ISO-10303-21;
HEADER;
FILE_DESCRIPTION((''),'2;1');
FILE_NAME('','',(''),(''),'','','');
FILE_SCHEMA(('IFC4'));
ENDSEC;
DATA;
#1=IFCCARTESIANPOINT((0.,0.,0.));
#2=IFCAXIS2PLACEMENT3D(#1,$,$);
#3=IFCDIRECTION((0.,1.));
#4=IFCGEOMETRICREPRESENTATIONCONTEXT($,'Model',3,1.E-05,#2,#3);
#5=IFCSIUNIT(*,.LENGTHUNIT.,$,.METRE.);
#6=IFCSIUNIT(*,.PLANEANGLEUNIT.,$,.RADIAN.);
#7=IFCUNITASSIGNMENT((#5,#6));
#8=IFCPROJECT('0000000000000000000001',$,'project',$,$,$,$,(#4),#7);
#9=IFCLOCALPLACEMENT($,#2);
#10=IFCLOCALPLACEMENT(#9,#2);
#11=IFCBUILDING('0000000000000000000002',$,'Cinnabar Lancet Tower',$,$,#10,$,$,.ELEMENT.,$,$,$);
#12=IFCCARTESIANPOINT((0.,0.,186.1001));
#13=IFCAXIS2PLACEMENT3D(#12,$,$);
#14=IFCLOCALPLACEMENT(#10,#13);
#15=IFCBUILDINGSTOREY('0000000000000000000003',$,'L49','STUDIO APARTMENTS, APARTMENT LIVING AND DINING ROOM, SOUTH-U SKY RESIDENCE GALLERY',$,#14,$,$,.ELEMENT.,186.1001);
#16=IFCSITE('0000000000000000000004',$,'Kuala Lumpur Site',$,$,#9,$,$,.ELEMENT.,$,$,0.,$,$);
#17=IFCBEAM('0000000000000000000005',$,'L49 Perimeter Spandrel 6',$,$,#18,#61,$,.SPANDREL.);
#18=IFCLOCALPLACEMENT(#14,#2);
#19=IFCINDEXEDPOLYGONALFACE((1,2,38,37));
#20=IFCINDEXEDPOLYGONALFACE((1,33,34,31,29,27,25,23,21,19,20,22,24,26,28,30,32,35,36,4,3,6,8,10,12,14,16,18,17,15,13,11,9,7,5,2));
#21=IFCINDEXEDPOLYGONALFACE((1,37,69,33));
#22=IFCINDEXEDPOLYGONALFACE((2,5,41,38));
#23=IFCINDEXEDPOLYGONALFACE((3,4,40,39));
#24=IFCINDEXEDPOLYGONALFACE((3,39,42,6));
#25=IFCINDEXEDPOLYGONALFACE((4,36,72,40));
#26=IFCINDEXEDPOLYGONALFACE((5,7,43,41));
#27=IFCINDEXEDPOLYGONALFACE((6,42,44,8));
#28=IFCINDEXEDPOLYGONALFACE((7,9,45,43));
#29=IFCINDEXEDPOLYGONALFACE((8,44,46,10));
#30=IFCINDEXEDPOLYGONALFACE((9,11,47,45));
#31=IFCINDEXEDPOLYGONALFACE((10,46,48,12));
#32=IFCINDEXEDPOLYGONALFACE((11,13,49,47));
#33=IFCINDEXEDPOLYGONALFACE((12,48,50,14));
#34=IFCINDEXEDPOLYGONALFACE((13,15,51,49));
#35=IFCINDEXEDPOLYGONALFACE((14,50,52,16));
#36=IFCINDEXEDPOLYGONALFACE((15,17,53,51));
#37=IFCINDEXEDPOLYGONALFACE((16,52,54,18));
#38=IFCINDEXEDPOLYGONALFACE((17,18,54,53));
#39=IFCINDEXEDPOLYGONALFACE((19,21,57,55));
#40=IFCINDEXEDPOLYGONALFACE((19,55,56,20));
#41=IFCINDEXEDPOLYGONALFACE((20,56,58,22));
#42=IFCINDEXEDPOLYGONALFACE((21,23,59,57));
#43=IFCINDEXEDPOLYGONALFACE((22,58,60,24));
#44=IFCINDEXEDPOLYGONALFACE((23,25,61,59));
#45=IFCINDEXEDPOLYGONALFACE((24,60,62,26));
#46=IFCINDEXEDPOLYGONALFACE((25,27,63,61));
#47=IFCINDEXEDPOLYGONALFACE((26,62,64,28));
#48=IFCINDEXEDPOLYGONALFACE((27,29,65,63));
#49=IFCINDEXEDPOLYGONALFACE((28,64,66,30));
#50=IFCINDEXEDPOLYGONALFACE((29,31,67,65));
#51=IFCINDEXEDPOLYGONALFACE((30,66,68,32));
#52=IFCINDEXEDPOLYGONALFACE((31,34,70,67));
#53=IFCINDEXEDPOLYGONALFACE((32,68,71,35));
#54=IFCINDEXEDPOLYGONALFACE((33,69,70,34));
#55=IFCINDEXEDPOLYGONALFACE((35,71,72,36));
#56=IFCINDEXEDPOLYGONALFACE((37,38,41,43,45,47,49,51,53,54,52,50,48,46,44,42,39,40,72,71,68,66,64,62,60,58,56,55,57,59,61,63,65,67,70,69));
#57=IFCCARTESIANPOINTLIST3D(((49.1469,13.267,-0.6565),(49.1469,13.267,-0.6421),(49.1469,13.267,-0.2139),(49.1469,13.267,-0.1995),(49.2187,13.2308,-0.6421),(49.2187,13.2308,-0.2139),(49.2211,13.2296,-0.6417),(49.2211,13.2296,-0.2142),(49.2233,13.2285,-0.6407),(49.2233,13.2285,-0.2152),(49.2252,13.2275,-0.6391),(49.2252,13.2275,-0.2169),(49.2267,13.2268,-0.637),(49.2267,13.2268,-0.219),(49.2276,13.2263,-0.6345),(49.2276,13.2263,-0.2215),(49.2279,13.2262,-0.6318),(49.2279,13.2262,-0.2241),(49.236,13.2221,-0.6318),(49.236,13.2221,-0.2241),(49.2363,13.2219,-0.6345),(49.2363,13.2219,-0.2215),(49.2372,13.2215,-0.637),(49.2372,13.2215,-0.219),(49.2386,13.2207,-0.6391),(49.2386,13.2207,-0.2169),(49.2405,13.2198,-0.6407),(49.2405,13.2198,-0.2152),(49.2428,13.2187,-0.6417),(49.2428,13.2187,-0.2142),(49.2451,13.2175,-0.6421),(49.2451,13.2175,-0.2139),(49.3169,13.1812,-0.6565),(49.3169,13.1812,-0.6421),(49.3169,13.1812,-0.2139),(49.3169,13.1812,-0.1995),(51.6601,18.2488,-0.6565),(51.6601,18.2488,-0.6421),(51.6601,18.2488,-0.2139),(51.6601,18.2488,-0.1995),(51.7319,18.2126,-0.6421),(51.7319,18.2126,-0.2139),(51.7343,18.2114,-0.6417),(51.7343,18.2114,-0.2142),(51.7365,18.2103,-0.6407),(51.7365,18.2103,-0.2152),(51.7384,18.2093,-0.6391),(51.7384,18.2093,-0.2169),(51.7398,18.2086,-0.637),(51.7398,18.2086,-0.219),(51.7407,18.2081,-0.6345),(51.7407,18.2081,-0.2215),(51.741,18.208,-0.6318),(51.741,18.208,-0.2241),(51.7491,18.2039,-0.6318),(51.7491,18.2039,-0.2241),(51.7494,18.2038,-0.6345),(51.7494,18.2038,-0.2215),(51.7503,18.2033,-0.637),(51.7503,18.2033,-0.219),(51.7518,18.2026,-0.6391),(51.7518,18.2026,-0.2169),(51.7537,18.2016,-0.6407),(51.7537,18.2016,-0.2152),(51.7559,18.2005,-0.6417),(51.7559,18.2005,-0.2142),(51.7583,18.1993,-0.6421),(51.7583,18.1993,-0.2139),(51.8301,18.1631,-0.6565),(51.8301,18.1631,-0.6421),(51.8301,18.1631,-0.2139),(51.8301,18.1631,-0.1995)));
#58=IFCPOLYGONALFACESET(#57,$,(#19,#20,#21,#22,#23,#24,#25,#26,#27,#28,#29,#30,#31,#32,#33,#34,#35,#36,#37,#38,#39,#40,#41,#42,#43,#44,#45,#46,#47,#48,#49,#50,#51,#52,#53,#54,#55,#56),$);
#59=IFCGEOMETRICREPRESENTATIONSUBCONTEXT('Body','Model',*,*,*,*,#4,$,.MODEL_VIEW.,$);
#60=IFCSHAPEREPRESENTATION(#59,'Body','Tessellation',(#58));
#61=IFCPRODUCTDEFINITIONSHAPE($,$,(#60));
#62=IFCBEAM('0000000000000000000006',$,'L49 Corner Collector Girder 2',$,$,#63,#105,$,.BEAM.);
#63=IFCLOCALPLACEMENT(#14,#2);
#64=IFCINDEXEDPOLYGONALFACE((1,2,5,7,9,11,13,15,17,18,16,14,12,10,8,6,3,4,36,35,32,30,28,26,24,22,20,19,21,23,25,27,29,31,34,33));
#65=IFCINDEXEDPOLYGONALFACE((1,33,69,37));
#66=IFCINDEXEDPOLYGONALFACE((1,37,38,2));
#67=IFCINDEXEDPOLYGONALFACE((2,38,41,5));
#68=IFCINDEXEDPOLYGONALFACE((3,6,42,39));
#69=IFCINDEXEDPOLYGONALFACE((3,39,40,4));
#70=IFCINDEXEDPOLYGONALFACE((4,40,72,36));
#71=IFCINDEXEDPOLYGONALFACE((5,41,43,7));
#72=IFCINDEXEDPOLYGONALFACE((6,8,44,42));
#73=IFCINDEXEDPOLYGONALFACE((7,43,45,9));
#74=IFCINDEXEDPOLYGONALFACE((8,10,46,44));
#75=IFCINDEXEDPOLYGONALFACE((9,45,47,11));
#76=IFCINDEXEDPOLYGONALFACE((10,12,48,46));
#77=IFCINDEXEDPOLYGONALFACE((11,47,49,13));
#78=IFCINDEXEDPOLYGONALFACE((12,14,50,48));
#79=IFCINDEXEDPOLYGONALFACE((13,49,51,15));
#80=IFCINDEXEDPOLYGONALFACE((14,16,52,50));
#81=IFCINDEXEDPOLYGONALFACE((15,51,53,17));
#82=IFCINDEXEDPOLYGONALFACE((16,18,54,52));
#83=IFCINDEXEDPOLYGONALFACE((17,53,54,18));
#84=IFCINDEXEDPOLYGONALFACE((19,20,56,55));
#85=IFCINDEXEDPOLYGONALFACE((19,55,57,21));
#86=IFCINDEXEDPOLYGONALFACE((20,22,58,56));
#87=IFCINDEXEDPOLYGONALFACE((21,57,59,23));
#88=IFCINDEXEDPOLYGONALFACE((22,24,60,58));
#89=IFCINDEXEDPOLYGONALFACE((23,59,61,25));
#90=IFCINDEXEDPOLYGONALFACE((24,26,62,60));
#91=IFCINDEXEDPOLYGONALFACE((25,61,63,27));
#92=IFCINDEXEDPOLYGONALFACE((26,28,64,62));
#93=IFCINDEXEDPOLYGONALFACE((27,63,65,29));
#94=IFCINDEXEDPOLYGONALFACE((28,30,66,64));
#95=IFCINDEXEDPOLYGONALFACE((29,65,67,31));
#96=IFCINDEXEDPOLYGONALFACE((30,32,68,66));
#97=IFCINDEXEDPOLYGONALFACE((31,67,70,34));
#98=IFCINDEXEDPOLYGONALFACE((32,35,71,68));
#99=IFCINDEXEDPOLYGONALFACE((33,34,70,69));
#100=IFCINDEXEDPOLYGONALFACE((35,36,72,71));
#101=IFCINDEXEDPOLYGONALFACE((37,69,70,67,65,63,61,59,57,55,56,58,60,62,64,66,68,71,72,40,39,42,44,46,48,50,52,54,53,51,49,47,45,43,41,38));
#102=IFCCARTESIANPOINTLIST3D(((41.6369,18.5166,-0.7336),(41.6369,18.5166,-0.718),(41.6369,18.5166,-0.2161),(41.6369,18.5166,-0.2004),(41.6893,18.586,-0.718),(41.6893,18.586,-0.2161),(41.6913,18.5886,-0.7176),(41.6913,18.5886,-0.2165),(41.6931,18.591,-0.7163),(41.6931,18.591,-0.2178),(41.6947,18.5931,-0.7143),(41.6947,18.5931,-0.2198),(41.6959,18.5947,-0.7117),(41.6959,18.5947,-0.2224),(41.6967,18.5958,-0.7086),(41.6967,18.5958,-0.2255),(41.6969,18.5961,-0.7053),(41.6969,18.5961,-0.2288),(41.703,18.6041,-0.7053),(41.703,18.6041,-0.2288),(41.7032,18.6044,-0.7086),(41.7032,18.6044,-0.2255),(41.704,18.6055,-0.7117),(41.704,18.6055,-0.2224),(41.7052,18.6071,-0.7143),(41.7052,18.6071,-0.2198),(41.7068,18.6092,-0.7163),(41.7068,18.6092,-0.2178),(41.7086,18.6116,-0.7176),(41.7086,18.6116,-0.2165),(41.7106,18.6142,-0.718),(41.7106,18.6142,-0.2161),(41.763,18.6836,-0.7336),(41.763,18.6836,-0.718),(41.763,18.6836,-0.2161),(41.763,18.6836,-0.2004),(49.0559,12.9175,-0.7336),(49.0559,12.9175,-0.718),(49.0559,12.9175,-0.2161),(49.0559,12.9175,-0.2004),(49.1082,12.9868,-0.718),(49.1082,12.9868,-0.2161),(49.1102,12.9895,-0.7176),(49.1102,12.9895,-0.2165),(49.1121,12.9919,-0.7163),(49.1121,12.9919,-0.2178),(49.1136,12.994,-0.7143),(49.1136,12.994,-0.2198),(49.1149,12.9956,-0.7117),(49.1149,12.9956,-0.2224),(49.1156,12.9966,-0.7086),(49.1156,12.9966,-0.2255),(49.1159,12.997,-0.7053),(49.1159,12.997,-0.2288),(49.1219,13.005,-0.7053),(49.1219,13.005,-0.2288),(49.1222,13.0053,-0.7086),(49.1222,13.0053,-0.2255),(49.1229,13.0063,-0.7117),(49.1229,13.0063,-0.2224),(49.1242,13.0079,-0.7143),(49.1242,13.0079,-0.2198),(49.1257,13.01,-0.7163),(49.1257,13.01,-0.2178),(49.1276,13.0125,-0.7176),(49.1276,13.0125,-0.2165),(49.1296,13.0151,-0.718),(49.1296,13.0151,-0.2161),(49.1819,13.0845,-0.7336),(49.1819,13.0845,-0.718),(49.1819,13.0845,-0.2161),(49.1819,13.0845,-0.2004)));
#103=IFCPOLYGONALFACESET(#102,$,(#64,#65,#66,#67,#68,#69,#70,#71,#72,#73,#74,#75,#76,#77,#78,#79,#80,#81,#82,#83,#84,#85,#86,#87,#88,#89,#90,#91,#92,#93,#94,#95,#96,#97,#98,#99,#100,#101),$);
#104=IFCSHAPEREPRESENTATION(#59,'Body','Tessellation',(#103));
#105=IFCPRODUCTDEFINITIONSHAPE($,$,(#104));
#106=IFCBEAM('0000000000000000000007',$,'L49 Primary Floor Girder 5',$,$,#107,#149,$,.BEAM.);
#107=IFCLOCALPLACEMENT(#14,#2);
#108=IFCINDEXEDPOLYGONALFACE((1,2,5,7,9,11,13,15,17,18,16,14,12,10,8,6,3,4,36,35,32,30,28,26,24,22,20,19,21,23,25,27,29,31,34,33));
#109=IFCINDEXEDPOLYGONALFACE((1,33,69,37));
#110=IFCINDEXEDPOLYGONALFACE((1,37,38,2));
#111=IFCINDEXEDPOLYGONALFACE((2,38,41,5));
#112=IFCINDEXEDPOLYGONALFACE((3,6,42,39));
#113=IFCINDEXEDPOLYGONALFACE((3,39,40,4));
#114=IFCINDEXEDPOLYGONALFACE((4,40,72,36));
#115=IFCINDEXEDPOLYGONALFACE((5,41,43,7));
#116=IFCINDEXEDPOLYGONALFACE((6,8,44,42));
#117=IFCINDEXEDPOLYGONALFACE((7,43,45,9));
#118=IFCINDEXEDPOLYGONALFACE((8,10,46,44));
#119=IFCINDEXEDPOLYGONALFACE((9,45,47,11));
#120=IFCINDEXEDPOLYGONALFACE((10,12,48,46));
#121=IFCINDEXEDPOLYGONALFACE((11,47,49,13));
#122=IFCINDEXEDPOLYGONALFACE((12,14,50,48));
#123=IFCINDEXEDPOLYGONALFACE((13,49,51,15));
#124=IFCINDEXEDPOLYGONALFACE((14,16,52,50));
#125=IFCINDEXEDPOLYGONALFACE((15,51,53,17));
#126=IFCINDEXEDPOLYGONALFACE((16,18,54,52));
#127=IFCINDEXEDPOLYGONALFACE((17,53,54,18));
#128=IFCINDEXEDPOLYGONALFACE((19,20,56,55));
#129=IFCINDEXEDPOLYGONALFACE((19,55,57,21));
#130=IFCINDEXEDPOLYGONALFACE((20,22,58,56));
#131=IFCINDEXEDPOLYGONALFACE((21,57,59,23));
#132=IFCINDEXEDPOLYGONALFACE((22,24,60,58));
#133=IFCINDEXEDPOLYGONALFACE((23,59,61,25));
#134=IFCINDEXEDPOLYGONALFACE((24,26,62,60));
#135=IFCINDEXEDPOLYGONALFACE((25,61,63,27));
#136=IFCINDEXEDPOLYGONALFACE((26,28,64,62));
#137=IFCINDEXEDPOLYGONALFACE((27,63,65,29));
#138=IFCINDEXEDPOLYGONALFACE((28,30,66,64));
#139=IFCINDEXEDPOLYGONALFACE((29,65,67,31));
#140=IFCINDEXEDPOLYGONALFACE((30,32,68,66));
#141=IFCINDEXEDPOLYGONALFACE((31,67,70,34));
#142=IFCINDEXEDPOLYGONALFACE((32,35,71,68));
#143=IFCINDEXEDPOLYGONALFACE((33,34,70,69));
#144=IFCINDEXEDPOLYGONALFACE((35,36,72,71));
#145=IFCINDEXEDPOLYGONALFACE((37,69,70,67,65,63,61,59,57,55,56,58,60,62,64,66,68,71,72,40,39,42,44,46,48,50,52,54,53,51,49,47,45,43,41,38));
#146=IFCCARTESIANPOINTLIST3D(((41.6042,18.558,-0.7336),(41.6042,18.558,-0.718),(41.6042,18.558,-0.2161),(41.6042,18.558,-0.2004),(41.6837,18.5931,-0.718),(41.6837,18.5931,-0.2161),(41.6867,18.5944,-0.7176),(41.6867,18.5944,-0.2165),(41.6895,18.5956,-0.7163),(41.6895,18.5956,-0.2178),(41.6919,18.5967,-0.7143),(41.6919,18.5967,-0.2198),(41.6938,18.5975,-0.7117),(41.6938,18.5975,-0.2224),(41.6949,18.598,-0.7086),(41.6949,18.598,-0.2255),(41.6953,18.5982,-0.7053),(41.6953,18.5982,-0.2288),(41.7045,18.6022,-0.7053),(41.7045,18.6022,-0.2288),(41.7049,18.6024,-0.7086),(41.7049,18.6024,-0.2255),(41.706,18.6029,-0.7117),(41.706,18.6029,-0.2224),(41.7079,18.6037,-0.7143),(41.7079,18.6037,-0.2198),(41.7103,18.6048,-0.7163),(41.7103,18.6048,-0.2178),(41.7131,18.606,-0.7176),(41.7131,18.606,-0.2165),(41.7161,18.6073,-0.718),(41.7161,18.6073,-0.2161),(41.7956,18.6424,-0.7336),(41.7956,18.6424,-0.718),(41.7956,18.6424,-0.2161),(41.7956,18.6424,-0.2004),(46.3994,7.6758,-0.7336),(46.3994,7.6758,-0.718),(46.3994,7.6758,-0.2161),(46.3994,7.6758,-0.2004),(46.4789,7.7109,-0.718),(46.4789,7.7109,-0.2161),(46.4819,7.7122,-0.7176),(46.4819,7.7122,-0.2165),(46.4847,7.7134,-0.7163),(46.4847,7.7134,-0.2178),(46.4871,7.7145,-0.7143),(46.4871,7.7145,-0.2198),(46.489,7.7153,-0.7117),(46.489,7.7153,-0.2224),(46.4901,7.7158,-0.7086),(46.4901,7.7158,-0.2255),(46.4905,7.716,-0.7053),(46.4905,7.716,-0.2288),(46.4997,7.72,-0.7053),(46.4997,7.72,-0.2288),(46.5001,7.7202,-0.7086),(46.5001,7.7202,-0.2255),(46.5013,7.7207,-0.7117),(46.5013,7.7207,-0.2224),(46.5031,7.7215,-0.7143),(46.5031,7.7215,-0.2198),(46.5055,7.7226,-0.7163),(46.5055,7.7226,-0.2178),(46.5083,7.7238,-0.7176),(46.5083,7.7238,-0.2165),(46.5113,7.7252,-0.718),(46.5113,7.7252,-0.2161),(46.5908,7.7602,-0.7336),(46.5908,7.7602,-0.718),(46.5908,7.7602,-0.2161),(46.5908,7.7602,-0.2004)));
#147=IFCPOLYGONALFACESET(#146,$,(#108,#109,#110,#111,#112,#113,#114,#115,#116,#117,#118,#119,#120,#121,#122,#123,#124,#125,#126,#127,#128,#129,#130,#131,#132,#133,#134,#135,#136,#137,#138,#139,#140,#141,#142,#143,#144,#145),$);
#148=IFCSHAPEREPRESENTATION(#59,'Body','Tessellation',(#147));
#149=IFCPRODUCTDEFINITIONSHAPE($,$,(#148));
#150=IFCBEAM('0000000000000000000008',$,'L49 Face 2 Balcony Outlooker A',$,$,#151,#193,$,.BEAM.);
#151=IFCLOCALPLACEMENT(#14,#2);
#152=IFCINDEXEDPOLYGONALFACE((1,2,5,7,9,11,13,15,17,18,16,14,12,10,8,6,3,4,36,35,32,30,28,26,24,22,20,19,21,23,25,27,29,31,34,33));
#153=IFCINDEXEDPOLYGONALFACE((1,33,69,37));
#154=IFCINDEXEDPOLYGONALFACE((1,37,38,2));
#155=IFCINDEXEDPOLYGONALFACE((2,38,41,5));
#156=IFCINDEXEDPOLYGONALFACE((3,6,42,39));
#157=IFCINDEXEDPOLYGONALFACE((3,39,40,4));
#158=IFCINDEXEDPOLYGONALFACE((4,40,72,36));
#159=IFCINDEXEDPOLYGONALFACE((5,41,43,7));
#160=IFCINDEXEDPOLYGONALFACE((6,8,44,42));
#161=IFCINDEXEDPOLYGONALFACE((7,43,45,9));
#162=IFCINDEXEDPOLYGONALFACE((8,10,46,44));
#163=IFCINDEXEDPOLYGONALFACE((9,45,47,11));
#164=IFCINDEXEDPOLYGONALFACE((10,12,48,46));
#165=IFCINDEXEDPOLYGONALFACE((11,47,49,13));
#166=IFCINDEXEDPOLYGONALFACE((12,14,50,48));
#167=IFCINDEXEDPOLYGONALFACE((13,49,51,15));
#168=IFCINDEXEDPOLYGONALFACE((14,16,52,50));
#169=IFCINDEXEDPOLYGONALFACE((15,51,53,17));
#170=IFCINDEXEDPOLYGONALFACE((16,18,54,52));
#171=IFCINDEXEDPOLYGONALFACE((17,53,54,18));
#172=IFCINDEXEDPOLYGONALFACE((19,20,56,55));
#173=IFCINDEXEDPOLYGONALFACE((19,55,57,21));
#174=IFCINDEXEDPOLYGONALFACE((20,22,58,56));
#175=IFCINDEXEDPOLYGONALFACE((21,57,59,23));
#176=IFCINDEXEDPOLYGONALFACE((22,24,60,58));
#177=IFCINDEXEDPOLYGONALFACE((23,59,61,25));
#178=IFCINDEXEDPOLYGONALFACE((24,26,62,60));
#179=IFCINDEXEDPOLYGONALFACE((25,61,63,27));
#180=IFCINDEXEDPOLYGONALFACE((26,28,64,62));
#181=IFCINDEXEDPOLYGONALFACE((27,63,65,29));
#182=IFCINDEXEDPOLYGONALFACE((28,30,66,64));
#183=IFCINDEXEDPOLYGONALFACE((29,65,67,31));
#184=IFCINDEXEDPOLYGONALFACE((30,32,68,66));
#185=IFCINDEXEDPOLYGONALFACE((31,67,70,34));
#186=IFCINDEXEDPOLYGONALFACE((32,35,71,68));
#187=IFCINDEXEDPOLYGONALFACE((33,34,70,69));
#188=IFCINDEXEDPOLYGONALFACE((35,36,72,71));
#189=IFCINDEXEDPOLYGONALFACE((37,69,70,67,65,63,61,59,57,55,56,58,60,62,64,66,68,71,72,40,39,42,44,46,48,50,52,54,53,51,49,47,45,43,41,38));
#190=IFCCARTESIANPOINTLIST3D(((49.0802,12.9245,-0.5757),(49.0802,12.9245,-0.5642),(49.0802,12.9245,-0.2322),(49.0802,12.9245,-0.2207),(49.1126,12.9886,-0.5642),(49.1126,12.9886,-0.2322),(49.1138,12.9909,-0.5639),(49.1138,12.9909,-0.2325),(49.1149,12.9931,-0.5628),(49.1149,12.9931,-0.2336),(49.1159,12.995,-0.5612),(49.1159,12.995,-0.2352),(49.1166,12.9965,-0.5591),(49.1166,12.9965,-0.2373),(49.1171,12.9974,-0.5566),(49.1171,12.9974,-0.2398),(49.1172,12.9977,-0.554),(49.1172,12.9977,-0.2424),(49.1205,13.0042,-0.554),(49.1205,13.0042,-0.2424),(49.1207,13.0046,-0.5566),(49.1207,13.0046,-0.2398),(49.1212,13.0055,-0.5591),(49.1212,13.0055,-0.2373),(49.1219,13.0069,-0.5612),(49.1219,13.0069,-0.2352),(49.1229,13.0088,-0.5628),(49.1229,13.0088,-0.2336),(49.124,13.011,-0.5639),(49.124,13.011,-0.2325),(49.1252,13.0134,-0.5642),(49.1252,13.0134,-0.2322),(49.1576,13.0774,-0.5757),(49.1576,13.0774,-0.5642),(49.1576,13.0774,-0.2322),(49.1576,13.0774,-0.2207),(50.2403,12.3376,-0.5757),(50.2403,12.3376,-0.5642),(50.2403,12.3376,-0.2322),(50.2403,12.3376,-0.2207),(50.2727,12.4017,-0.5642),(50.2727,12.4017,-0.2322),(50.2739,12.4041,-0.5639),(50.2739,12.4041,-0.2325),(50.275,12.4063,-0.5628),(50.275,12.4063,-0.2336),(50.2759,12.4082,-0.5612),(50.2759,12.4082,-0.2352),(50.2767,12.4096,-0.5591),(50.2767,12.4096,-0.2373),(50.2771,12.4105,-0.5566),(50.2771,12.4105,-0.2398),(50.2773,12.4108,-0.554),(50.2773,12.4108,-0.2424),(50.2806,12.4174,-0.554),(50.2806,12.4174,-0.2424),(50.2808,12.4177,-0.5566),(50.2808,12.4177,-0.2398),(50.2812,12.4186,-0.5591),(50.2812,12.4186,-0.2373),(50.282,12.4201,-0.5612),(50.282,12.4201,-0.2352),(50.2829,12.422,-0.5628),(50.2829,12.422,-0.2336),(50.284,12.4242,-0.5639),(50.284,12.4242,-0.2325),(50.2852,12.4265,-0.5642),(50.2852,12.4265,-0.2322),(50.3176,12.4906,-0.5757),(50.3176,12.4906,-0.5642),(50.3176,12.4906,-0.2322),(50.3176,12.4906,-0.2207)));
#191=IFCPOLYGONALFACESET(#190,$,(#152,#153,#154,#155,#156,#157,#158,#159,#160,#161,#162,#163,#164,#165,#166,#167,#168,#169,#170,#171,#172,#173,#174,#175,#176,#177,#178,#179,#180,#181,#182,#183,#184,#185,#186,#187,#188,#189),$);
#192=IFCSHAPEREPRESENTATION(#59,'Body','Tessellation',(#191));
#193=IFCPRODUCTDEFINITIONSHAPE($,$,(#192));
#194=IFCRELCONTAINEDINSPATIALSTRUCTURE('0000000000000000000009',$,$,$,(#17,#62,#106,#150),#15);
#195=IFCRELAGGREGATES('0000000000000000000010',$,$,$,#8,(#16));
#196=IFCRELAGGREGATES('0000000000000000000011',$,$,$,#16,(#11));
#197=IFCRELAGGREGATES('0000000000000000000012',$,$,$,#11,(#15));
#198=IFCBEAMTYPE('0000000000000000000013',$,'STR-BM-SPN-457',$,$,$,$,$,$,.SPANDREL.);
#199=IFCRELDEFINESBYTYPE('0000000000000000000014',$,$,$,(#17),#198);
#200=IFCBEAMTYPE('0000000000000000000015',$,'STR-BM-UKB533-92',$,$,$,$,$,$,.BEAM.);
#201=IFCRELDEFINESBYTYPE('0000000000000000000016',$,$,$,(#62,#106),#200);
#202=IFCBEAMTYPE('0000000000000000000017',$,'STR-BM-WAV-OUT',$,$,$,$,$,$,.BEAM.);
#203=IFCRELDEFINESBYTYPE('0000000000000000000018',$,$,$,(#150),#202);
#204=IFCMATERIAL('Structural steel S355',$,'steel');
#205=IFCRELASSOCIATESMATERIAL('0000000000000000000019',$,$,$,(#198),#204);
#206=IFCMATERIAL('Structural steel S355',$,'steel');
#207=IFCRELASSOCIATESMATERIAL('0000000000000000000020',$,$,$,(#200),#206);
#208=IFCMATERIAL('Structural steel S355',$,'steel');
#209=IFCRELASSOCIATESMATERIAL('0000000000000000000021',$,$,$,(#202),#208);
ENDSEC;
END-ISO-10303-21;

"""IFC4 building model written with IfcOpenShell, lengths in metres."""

from ifc_helpers import new_model, si_unit, direction, frame, origin, origin_2d, place, context, subcontext, project, spatial, i_section, extrude, material, material_profile, profile_set, type_object, element, save


model = new_model("IFC4")

# Units and contexts
model_context = context("Model", 3, precision=1e-05, world=origin(), true_north=direction((0.0, 1.0)))
body_context = subcontext(model_context, "Body", "Model", "MODEL_VIEW")
ifc_project = project(units=[si_unit("LENGTHUNIT", "METRE"), si_unit("PLANEANGLEUNIT", "RADIAN")], contexts=[model_context])

# Site, building, storey
site_placement = place(None, origin())
site = spatial("IfcSite", under=ifc_project, at=site_placement, Name="Kuala Lumpur Site", CompositionType="ELEMENT", RefElevation=0.0)
building_placement = place(site_placement, origin())
building = spatial("IfcBuilding", under=site, at=building_placement, Name="Cinnabar Lancet Tower", CompositionType="ELEMENT")
storey_placement = place(building_placement, frame((0.0, 0.0, 186.1001)))
storey = spatial("IfcBuildingStorey", under=building, at=storey_placement, Name="L49", Description="STUDIO APARTMENTS, APARTMENT LIVING AND DINING ROOM, SOUTH-U SKY RESIDENCE GALLERY", CompositionType="ELEMENT", Elevation=186.1001)

# Beams
ifc_material_1 = material(Name="Structural steel S355", Category="steel")
ifc_material_profile_1 = material_profile(ifc_material_1, i_section(OverallWidth=0.1904, OverallDepth=0.457, WebThickness=0.009, FlangeThickness=0.0144, FilletRadius=0.0103, at=origin_2d()), Name="UKB 457x191x74")
ifc_profile_set_1 = profile_set([ifc_material_profile_1], Name="Structural steel S355")
beam_type_1 = type_object("IfcBeamType", Name="STR-BM-SPN-457", PredefinedType="SPANDREL", material=ifc_profile_set_1)
beam_1_placement = place(storey_placement, frame((49.2319, 13.2241, -0.428), z_axis=(0.450396, 0.892829, 0.0), x_axis=(-0.892829, 0.450396, 0.0)))
element("IfcBeam", 1, at=beam_1_placement, inside=storey, type_object=beam_type_1, Name="L49 Perimeter Spandrel 6", PredefinedType="SPANDREL", context=body_context, shape_type="SweptSolid", body=[
    extrude(i_section(OverallWidth=0.1904, OverallDepth=0.457, WebThickness=0.009, FlangeThickness=0.0144, FilletRadius=0.0103, at=origin_2d()), origin(), (0.0, 0.0, 1.0), 5.5798),
])
ifc_material_2 = material(Name="Structural steel S355", Category="steel")
ifc_material_profile_2 = material_profile(ifc_material_2, i_section(OverallWidth=0.2092, OverallDepth=0.5332, WebThickness=0.01, FlangeThickness=0.0156, FilletRadius=0.0127, at=origin_2d()), Name="UKB 533x210x92")
ifc_profile_set_2 = profile_set([ifc_material_profile_2], Name="Structural steel S355")
beam_type_2 = type_object("IfcBeamType", Name="STR-BM-UKB533-92", PredefinedType="BEAM", material=ifc_profile_set_2)
beam_2_placement = place(storey_placement, frame((49.1189, 13.001, -0.467), z_axis=(-0.798193, 0.602401, 0.0), x_axis=(-0.602401, -0.798193, 0.0)))
element("IfcBeam", 2, at=beam_2_placement, inside=storey, type_object=beam_type_2, Name="L49 Corner Collector Girder 2", PredefinedType="BEAM", context=body_context, shape_type="SweptSolid", body=[
    extrude(i_section(OverallWidth=0.2092, OverallDepth=0.5332, WebThickness=0.01, FlangeThickness=0.0156, FilletRadius=0.0127, at=origin_2d()), origin(), (0.0, 0.0, 1.0), 9.2947),
])
beam_3_placement = place(storey_placement, frame((46.4951, 7.718, -0.467), z_axis=(-0.403235, 0.915096, 0.0), x_axis=(-0.915096, -0.403235, 0.0)))
element("IfcBeam", 3, at=beam_3_placement, inside=storey, type_object=beam_type_2, Name="L49 Primary Floor Girder 5", PredefinedType="BEAM", context=body_context, shape_type="SweptSolid", body=[
    extrude(i_section(OverallWidth=0.2092, OverallDepth=0.5332, WebThickness=0.01, FlangeThickness=0.0156, FilletRadius=0.0127, at=origin_2d()), origin(), (0.0, 0.0, 1.0), 11.8918),
])
ifc_material_3 = material(Name="Structural steel S355", Category="steel")
ifc_material_profile_3 = material_profile(ifc_material_3, i_section(OverallWidth=0.1714, OverallDepth=0.355, WebThickness=0.0073, FlangeThickness=0.0115, FilletRadius=0.0103, at=origin_2d()), Name="UKB 356x171x51")
ifc_profile_set_3 = profile_set([ifc_material_profile_3], Name="Structural steel S355")
beam_type_3 = type_object("IfcBeamType", Name="STR-BM-WAV-OUT", PredefinedType="BEAM", material=ifc_profile_set_3)
beam_4_placement = place(storey_placement, frame((49.1189, 13.001, -0.3982), z_axis=(0.892314, -0.451415, 0.0), x_axis=(0.451415, 0.892314, 0.0)))
element("IfcBeam", 4, at=beam_4_placement, inside=storey, type_object=beam_type_3, Name="L49 Face 2 Balcony Outlooker A", PredefinedType="BEAM", context=body_context, shape_type="SweptSolid", body=[
    extrude(i_section(OverallWidth=0.1714, OverallDepth=0.355, WebThickness=0.0073, FlangeThickness=0.0115, FilletRadius=0.0103, at=origin_2d()), origin(), (0.0, 0.0, 1.0), 1.3),
])

save(model, "model.ifc")
